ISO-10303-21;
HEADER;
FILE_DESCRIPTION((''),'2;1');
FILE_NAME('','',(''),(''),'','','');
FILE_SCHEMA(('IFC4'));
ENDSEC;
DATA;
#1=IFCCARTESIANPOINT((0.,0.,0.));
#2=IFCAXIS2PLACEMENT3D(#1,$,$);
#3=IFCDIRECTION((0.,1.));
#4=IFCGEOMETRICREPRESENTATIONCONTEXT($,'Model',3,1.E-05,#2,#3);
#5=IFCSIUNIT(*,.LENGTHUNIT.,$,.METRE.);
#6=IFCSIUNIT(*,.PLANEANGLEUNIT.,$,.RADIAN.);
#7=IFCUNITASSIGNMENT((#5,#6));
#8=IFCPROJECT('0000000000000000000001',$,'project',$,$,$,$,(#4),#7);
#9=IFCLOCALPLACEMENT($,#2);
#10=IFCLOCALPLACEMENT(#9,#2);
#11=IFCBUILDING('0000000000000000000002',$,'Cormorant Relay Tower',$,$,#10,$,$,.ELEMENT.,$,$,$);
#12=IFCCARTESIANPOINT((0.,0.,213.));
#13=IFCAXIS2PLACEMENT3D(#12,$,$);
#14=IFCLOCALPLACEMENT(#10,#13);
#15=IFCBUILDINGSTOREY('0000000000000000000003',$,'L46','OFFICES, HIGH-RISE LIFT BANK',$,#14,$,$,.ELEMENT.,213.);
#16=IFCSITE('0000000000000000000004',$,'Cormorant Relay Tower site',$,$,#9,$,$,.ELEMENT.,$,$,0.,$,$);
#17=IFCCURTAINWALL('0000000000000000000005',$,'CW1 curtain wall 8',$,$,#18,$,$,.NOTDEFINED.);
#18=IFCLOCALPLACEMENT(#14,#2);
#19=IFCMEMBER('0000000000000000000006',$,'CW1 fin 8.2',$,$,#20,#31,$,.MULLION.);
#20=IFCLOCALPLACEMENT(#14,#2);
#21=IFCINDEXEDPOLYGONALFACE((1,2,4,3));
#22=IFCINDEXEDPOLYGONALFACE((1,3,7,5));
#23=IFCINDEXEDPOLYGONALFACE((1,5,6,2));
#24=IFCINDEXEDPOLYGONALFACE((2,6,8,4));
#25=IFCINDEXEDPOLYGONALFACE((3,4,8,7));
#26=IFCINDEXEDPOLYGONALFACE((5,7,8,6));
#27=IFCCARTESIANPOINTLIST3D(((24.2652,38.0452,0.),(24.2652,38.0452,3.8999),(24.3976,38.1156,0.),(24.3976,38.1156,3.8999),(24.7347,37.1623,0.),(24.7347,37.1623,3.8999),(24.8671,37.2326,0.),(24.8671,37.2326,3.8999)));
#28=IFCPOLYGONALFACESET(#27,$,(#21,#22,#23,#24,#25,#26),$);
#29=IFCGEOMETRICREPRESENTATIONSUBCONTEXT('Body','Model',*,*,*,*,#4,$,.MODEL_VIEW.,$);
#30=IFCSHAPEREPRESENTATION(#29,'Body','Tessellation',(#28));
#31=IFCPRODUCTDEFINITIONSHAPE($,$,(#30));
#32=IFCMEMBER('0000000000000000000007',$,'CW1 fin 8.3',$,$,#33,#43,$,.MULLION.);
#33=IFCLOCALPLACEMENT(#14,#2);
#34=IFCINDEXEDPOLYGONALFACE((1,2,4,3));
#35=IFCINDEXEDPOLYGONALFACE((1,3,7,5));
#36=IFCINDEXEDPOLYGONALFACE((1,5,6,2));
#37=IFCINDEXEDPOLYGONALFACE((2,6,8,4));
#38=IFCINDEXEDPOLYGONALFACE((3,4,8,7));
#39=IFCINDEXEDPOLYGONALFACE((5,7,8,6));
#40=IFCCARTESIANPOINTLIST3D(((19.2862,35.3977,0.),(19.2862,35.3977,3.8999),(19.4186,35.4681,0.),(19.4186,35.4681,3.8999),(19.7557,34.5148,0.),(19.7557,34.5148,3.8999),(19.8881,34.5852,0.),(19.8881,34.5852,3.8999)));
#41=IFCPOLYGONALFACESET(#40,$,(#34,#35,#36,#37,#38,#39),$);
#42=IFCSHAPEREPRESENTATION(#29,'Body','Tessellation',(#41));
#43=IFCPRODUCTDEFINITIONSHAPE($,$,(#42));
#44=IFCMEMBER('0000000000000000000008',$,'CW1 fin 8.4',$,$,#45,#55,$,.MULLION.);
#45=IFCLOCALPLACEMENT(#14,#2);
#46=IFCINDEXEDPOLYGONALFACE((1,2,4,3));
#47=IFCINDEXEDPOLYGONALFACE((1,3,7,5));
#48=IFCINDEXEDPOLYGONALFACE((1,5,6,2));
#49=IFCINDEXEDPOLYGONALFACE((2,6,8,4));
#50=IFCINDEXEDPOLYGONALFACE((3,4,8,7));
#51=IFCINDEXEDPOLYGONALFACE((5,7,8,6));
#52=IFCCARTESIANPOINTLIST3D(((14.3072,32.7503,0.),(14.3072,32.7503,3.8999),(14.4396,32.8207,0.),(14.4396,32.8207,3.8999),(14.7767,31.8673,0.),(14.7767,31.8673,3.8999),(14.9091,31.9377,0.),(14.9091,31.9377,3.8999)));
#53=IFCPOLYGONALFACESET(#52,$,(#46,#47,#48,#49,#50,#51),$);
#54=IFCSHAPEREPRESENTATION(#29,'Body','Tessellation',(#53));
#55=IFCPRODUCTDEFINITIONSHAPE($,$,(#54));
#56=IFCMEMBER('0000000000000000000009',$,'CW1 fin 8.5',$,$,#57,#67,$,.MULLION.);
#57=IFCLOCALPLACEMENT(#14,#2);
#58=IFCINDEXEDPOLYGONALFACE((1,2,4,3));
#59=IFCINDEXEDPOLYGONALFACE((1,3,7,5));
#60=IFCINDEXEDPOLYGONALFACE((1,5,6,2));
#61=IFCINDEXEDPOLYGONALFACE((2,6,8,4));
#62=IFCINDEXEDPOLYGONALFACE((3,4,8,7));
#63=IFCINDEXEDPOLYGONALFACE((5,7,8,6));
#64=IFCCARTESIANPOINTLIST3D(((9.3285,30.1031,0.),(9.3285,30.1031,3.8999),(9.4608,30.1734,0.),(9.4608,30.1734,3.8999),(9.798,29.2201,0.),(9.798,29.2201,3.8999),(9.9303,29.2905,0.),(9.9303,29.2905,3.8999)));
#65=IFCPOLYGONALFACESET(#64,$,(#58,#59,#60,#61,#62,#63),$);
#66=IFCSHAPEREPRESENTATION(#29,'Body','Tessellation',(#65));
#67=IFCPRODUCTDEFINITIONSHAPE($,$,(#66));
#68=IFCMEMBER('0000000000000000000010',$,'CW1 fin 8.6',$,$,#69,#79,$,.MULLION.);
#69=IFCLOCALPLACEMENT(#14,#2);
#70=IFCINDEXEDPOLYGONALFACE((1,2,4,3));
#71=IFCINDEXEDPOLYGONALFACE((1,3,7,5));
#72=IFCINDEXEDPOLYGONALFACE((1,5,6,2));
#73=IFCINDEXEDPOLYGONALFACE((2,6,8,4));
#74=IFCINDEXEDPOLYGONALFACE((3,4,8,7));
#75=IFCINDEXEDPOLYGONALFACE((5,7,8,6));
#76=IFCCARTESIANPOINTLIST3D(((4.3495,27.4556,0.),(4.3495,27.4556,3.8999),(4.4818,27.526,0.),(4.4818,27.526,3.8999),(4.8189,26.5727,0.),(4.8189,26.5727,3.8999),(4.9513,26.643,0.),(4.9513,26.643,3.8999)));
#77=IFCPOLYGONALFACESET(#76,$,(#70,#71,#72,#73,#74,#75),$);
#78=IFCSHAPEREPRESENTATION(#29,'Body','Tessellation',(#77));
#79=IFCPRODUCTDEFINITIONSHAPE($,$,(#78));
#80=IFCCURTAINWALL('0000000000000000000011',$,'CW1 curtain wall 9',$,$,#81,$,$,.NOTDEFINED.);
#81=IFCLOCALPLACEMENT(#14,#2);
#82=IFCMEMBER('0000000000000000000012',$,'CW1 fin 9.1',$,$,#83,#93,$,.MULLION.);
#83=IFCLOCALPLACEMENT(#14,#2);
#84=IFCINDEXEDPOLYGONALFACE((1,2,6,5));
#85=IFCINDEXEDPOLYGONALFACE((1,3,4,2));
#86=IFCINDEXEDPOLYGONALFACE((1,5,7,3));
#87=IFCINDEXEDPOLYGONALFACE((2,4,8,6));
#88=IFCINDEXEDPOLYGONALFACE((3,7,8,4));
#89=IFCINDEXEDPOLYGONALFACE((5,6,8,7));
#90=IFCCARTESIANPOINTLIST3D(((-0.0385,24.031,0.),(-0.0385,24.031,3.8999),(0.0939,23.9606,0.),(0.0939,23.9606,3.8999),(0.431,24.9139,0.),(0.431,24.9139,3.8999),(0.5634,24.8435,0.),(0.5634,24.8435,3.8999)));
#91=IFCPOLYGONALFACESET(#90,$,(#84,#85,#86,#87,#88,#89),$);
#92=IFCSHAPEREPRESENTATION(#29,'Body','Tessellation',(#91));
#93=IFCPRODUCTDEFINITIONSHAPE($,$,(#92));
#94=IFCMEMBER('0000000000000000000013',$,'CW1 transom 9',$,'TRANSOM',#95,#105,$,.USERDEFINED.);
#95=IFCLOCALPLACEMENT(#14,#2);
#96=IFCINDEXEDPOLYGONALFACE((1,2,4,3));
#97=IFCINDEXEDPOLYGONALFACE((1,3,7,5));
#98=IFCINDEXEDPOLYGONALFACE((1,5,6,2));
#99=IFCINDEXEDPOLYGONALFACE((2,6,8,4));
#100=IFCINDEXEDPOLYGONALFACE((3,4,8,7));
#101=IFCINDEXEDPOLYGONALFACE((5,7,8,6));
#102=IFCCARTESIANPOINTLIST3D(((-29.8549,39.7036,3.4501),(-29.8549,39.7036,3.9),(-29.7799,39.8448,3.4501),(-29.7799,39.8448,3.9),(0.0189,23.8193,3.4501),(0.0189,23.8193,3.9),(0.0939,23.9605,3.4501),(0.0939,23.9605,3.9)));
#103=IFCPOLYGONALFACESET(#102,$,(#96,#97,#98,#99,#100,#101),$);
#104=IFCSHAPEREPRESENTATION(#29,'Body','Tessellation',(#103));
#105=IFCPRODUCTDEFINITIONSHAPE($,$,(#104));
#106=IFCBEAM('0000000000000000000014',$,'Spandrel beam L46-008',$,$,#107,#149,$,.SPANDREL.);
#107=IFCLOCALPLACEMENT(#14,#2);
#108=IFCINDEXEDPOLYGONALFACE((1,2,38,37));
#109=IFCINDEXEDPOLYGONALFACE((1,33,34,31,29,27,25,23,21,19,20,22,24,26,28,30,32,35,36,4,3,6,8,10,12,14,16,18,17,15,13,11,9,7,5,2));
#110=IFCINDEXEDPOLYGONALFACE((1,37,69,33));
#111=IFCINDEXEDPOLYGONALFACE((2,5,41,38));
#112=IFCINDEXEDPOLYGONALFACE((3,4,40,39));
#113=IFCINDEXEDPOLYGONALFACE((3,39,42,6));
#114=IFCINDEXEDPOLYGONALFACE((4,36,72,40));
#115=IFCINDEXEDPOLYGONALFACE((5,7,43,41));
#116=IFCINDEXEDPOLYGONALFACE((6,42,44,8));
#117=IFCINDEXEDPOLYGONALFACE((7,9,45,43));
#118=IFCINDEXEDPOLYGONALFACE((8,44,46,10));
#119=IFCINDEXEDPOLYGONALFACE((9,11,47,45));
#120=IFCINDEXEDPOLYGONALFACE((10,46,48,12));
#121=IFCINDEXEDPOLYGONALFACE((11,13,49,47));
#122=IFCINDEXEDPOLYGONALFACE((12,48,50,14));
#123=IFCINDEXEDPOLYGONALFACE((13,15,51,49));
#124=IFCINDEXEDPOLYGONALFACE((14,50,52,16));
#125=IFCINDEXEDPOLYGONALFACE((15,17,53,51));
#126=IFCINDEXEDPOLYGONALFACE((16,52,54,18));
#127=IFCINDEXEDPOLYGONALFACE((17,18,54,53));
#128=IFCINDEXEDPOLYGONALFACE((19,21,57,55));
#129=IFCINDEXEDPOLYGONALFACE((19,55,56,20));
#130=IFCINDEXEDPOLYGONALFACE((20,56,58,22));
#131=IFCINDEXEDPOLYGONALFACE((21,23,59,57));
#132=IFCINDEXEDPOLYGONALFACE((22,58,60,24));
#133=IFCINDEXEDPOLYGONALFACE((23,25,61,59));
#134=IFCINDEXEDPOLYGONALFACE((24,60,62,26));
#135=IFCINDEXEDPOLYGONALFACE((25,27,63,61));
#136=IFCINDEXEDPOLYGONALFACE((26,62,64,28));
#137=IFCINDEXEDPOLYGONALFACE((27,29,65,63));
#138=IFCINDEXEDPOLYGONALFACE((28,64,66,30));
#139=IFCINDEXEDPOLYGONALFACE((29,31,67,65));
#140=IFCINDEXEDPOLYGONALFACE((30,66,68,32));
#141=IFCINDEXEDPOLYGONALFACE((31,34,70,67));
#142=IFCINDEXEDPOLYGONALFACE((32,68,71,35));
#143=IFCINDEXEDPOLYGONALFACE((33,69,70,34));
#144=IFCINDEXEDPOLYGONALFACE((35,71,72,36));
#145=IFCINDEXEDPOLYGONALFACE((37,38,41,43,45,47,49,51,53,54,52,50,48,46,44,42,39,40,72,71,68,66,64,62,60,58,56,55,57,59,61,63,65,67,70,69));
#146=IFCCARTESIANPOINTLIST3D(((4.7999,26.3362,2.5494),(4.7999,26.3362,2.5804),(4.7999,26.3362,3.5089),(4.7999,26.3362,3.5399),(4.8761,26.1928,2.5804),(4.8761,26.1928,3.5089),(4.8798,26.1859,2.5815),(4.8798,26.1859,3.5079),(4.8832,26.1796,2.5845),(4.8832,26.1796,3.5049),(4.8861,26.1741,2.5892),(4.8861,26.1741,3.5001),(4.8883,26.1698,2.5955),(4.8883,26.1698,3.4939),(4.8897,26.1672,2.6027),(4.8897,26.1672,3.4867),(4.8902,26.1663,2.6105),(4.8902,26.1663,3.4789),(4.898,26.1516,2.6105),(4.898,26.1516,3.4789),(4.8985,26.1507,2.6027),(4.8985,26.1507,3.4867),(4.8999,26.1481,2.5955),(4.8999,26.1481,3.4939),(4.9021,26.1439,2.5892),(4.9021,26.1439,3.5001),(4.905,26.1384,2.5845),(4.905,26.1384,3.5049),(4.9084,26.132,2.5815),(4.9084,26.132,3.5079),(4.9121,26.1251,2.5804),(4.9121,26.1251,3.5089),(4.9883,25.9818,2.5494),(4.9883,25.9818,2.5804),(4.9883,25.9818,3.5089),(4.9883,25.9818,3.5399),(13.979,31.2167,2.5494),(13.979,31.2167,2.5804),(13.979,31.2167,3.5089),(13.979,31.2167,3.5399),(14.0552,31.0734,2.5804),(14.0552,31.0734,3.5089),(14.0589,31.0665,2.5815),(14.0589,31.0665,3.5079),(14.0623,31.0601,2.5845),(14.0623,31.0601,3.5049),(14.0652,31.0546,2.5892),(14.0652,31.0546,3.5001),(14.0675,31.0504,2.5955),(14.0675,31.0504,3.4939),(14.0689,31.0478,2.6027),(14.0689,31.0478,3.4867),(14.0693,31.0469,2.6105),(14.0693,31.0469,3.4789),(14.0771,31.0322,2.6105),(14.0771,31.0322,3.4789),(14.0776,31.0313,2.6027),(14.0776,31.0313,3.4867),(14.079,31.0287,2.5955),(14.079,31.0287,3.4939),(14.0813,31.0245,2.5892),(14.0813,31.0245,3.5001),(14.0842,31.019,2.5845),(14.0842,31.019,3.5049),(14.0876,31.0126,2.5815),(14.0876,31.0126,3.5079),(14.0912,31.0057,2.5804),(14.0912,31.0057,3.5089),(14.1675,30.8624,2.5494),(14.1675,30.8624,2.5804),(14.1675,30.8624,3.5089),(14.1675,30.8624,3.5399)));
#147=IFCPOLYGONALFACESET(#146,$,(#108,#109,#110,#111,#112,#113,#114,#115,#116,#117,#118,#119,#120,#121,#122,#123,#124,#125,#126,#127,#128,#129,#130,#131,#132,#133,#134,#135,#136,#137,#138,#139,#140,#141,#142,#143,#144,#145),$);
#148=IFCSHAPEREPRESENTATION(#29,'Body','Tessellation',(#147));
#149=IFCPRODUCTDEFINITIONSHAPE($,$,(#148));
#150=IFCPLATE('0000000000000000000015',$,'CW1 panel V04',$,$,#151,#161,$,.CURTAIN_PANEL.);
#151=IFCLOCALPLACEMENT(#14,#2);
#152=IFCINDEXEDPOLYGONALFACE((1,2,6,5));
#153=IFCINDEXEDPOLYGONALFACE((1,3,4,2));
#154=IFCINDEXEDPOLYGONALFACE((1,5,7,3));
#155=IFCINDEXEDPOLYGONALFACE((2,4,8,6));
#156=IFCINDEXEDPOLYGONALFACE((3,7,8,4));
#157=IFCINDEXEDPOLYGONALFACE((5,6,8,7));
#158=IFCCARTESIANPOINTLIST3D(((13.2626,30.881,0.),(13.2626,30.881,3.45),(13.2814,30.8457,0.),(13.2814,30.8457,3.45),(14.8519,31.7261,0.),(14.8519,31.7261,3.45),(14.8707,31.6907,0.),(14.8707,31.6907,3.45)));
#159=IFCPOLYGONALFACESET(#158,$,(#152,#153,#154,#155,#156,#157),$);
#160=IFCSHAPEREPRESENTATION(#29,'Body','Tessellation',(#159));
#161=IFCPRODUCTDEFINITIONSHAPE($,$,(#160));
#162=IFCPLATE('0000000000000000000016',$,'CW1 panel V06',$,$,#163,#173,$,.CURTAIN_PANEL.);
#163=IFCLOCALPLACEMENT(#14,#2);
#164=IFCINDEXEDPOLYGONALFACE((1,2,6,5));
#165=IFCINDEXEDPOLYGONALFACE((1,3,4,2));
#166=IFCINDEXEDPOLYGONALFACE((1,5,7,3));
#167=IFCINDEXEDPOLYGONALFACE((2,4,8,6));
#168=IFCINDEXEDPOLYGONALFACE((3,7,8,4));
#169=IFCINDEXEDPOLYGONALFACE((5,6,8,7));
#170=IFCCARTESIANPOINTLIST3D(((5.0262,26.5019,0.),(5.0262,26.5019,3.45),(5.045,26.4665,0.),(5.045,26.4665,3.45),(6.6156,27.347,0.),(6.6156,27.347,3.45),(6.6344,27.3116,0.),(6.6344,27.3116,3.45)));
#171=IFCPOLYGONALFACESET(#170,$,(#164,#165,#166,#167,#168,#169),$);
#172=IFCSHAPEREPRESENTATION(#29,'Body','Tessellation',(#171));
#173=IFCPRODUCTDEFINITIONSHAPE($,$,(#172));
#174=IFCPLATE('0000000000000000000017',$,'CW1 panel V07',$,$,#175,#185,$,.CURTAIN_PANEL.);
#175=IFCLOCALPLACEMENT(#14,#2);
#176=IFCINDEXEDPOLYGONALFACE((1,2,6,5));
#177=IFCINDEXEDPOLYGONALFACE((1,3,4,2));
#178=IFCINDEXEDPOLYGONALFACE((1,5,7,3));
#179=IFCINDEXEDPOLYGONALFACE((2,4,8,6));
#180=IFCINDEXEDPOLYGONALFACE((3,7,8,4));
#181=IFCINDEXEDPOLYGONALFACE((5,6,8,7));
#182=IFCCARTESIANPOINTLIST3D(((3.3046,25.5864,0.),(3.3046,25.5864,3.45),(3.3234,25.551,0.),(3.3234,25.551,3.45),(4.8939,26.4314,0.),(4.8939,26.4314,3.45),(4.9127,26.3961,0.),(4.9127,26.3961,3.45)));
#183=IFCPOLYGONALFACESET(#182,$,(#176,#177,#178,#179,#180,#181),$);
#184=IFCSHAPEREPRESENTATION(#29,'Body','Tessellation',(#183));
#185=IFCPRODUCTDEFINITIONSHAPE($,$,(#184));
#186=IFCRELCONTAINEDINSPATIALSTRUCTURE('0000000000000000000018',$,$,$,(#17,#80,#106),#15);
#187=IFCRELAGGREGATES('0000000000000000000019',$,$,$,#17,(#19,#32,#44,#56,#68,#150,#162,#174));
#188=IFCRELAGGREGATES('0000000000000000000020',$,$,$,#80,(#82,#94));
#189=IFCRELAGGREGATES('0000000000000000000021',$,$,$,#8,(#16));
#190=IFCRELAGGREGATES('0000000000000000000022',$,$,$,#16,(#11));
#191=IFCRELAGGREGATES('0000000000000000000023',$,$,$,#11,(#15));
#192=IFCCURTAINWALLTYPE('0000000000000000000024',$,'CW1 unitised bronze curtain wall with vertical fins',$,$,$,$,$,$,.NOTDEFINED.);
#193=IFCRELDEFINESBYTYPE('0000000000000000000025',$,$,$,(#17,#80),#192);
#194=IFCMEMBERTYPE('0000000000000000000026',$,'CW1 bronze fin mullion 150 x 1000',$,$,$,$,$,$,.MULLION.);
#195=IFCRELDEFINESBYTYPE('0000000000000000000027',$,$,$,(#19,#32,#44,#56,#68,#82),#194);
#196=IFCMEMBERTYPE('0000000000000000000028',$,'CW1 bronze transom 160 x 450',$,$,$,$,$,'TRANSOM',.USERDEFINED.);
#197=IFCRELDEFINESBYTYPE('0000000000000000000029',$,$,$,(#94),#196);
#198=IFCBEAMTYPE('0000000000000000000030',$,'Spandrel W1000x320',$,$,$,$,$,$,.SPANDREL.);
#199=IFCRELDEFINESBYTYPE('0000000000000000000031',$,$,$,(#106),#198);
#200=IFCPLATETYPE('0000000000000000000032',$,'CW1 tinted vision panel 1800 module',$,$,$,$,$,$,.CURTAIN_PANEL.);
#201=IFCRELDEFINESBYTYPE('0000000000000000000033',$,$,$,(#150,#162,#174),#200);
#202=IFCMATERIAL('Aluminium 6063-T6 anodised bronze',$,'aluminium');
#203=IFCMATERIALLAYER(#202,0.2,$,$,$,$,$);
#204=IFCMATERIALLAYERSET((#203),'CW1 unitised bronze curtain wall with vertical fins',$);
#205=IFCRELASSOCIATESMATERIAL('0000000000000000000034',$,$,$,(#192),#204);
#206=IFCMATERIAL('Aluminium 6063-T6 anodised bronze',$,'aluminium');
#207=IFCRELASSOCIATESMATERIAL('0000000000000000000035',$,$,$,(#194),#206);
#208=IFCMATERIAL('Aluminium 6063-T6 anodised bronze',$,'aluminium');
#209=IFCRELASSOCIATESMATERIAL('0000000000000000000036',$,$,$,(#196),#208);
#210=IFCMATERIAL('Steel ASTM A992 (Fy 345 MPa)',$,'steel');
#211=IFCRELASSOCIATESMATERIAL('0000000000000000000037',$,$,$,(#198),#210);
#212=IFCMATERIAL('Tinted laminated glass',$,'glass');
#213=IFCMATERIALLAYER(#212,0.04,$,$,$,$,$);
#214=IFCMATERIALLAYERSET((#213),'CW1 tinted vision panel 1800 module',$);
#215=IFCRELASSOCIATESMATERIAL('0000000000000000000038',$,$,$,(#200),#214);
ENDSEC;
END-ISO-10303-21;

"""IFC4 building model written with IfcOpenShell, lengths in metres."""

from ifc_helpers import new_model, si_unit, direction, frame, origin, origin_2d, place, context, subcontext, project, spatial, rectangle, i_section, extrude, material, layer, layer_set, material_profile, profile_set, type_object, element, aggregate, save


model = new_model("IFC4")

# Units and contexts
model_context = context("Model", 3, precision=1e-05, world=origin(), true_north=direction((0.0, 1.0)))
body_context = subcontext(model_context, "Body", "Model", "MODEL_VIEW")
ifc_project = project(units=[si_unit("LENGTHUNIT", "METRE"), si_unit("PLANEANGLEUNIT", "RADIAN")], contexts=[model_context])

# Site, building, storey
site_placement = place(None, origin())
site = spatial("IfcSite", under=ifc_project, at=site_placement, Name="Cormorant Relay Tower site", CompositionType="ELEMENT", RefElevation=0.0)
building_placement = place(site_placement, origin())
building = spatial("IfcBuilding", under=site, at=building_placement, Name="Cormorant Relay Tower", CompositionType="ELEMENT")
storey_placement = place(building_placement, frame((0.0, 0.0, 213.0)))
storey = spatial("IfcBuildingStorey", under=building, at=storey_placement, Name="L46", Description="OFFICES, HIGH-RISE LIFT BANK", CompositionType="ELEMENT", Elevation=213.0)

# Curtain walls, members
ifc_material_1 = material(Name="Aluminium 6063-T6 anodised bronze", Category="aluminium")
ifc_layer_1 = layer(ifc_material_1, 0.2)
ifc_layer_set_1 = layer_set([ifc_layer_1], Name="CW1 unitised bronze curtain wall with vertical fins")
curtain_wall_type = type_object("IfcCurtainWallType", Name="CW1 unitised bronze curtain wall with vertical fins", PredefinedType="NOTDEFINED", material=ifc_layer_set_1)
curtain_wall_1_placement = place(storey_placement, origin())
curtain_wall_1 = element("IfcCurtainWall", 1, at=curtain_wall_1_placement, inside=storey, type_object=curtain_wall_type, Name="CW1 curtain wall 8", PredefinedType="NOTDEFINED")
ifc_material_2 = material(Name="Aluminium 6063-T6 anodised bronze", Category="aluminium")
ifc_material_profile_1 = material_profile(ifc_material_2, rectangle(XDim=0.1499, YDim=1.0, at=origin_2d()), Name="AL 150x1000")
ifc_profile_set_1 = profile_set([ifc_material_profile_1], Name="Aluminium 6063-T6 anodised bronze")
member_type_1 = type_object("IfcMemberType", Name="CW1 bronze fin mullion 150 x 1000", PredefinedType="MULLION", material=ifc_profile_set_1)
member_1_placement = place(storey_placement, frame((24.5662, 37.6389, 0.0), z_axis=(0.0, 0.0, 1.0), x_axis=(-0.882948, -0.469472, 0.0)))
member_1 = element("IfcMember", 2, at=member_1_placement, type_object=member_type_1, Name="CW1 fin 8.2", PredefinedType="MULLION", context=body_context, shape_type="SweptSolid", body=[
    extrude(rectangle(XDim=0.1499, YDim=1.0, at=origin_2d()), origin(), (0.0, 0.0, 1.0), 3.8999),
])
member_2_placement = place(storey_placement, frame((19.5872, 34.9915, 0.0), z_axis=(0.0, 0.0, 1.0), x_axis=(-0.882948, -0.469472, 0.0)))
member_2 = element("IfcMember", 3, at=member_2_placement, type_object=member_type_1, Name="CW1 fin 8.3", PredefinedType="MULLION", context=body_context, shape_type="SweptSolid", body=[
    extrude(rectangle(XDim=0.1499, YDim=1.0, at=origin_2d()), origin(), (0.0, 0.0, 1.0), 3.8999),
])
member_3_placement = place(storey_placement, frame((14.6082, 32.344, 0.0), z_axis=(0.0, 0.0, 1.0), x_axis=(-0.882948, -0.469472, 0.0)))
member_3 = element("IfcMember", 4, at=member_3_placement, type_object=member_type_1, Name="CW1 fin 8.4", PredefinedType="MULLION", context=body_context, shape_type="SweptSolid", body=[
    extrude(rectangle(XDim=0.1499, YDim=1.0, at=origin_2d()), origin(), (0.0, 0.0, 1.0), 3.8999),
])
member_4_placement = place(storey_placement, frame((9.6294, 29.6968, 0.0), z_axis=(0.0, 0.0, 1.0), x_axis=(-0.882948, -0.469472, 0.0)))
member_4 = element("IfcMember", 5, at=member_4_placement, type_object=member_type_1, Name="CW1 fin 8.5", PredefinedType="MULLION", context=body_context, shape_type="SweptSolid", body=[
    extrude(rectangle(XDim=0.1499, YDim=1.0, at=origin_2d()), origin(), (0.0, 0.0, 1.0), 3.8999),
])
member_5_placement = place(storey_placement, frame((4.6504, 27.0493, 0.0), z_axis=(0.0, 0.0, 1.0), x_axis=(-0.882948, -0.469472, 0.0)))
member_5 = element("IfcMember", 6, at=member_5_placement, type_object=member_type_1, Name="CW1 fin 8.6", PredefinedType="MULLION", context=body_context, shape_type="SweptSolid", body=[
    extrude(rectangle(XDim=0.1499, YDim=1.0, at=origin_2d()), origin(), (0.0, 0.0, 1.0), 3.8999),
])
curtain_wall_2_placement = place(storey_placement, origin())
curtain_wall_2 = element("IfcCurtainWall", 7, at=curtain_wall_2_placement, inside=storey, type_object=curtain_wall_type, Name="CW1 curtain wall 9", PredefinedType="NOTDEFINED")
member_6_placement = place(storey_placement, frame((0.2625, 24.4373, 0.0), z_axis=(0.0, 0.0, 1.0), x_axis=(-0.882948, 0.469472, 0.0)))
member_6 = element("IfcMember", 8, at=member_6_placement, type_object=member_type_1, Name="CW1 fin 9.1", PredefinedType="MULLION", context=body_context, shape_type="SweptSolid", body=[
    extrude(rectangle(XDim=0.1499, YDim=1.0, at=origin_2d()), origin(), (0.0, 0.0, 1.0), 3.8999),
])
ifc_material_3 = material(Name="Aluminium 6063-T6 anodised bronze", Category="aluminium")
ifc_material_profile_2 = material_profile(ifc_material_3, rectangle(XDim=0.1599, YDim=0.45, at=origin_2d()), Name="AL 160x450")
ifc_profile_set_2 = profile_set([ifc_material_profile_2], Name="Aluminium 6063-T6 anodised bronze")
member_type_2 = type_object("IfcMemberType", Name="CW1 bronze transom 160 x 450", ElementType="TRANSOM", PredefinedType="USERDEFINED", material=ifc_profile_set_2)
member_7_placement = place(storey_placement, frame((0.0564, 23.8899, 3.675), z_axis=(-0.882946, 0.469474, 0.0), x_axis=(-0.469474, -0.882946, 0.0)))
member_7 = element("IfcMember", 9, at=member_7_placement, type_object=member_type_2, Name="CW1 transom 9", ObjectType="TRANSOM", PredefinedType="USERDEFINED", context=body_context, shape_type="SweptSolid", body=[
    extrude(rectangle(XDim=0.1599, YDim=0.45, at=origin_2d()), origin(), (0.0, 0.0, 1.0), 33.8342),
])

# Beam
ifc_material_4 = material(Name="Steel ASTM A992 (Fy 345 MPa)", Category="steel")
ifc_material_profile_3 = material_profile(ifc_material_4, i_section(OverallWidth=0.4014, OverallDepth=0.9905, WebThickness=0.0166, FlangeThickness=0.031, FilletRadius=0.03, at=origin_2d()), Name="W1000x320")
ifc_profile_set_3 = profile_set([ifc_material_profile_3], Name="Steel ASTM A992 (Fy 345 MPa)")
beam_type = type_object("IfcBeamType", Name="Spandrel W1000x320", PredefinedType="SPANDREL", material=ifc_profile_set_3)
beam_placement = place(storey_placement, frame((14.0732, 31.0396, 3.0447), z_axis=(-0.88295, -0.469468, 0.0), x_axis=(0.469468, -0.88295, 0.0)))
element("IfcBeam", 10, at=beam_placement, inside=storey, type_object=beam_type, Name="Spandrel beam L46-008", PredefinedType="SPANDREL", context=body_context, shape_type="SweptSolid", body=[
    extrude(i_section(OverallWidth=0.4014, OverallDepth=0.9905, WebThickness=0.0166, FlangeThickness=0.031, FilletRadius=0.03, at=origin_2d()), origin(), (0.0, 0.0, 1.0), 10.396),
])

# Plates
ifc_material_5 = material(Name="Tinted laminated glass", Category="glass")
ifc_layer_2 = layer(ifc_material_5, 0.04)
ifc_layer_set_2 = layer_set([ifc_layer_2], Name="CW1 tinted vision panel 1800 module")
plate_type_1 = type_object("IfcPlateType", Name="CW1 tinted vision panel 1800 module", PredefinedType="CURTAIN_PANEL", material=ifc_layer_set_2)
plate_1_placement = place(storey_placement, frame((14.0667, 31.2859, 0.0), z_axis=(0.0, 0.0, 1.0), x_axis=(-0.882948, -0.469472, 0.0)))
plate_1 = element("IfcPlate", 11, at=plate_1_placement, type_object=plate_type_1, Name="CW1 panel V04", PredefinedType="CURTAIN_PANEL", context=body_context, shape_type="SweptSolid", body=[
    extrude(rectangle(XDim=1.8, YDim=0.04, at=origin_2d()), origin(), (0.0, 0.0, 1.0), 3.45),
])
plate_2_placement = place(storey_placement, frame((5.8303, 26.9067, 0.0), z_axis=(0.0, 0.0, 1.0), x_axis=(-0.882948, -0.469472, 0.0)))
plate_2 = element("IfcPlate", 12, at=plate_2_placement, type_object=plate_type_1, Name="CW1 panel V06", PredefinedType="CURTAIN_PANEL", context=body_context, shape_type="SweptSolid", body=[
    extrude(rectangle(XDim=1.8, YDim=0.04, at=origin_2d()), origin(), (0.0, 0.0, 1.0), 3.45),
])
plate_3_placement = place(storey_placement, frame((4.1086, 25.9912, 0.0), z_axis=(0.0, 0.0, 1.0), x_axis=(-0.882948, -0.469472, 0.0)))
plate_3 = element("IfcPlate", 13, at=plate_3_placement, type_object=plate_type_1, Name="CW1 panel V07", PredefinedType="CURTAIN_PANEL", context=body_context, shape_type="SweptSolid", body=[
    extrude(rectangle(XDim=1.8, YDim=0.04, at=origin_2d()), origin(), (0.0, 0.0, 1.0), 3.45),
])

aggregate(curtain_wall_1, [member_1, member_2, member_3, member_4, member_5, plate_1, plate_2, plate_3])
aggregate(curtain_wall_2, [member_6, member_7])

save(model, "model.ifc")
